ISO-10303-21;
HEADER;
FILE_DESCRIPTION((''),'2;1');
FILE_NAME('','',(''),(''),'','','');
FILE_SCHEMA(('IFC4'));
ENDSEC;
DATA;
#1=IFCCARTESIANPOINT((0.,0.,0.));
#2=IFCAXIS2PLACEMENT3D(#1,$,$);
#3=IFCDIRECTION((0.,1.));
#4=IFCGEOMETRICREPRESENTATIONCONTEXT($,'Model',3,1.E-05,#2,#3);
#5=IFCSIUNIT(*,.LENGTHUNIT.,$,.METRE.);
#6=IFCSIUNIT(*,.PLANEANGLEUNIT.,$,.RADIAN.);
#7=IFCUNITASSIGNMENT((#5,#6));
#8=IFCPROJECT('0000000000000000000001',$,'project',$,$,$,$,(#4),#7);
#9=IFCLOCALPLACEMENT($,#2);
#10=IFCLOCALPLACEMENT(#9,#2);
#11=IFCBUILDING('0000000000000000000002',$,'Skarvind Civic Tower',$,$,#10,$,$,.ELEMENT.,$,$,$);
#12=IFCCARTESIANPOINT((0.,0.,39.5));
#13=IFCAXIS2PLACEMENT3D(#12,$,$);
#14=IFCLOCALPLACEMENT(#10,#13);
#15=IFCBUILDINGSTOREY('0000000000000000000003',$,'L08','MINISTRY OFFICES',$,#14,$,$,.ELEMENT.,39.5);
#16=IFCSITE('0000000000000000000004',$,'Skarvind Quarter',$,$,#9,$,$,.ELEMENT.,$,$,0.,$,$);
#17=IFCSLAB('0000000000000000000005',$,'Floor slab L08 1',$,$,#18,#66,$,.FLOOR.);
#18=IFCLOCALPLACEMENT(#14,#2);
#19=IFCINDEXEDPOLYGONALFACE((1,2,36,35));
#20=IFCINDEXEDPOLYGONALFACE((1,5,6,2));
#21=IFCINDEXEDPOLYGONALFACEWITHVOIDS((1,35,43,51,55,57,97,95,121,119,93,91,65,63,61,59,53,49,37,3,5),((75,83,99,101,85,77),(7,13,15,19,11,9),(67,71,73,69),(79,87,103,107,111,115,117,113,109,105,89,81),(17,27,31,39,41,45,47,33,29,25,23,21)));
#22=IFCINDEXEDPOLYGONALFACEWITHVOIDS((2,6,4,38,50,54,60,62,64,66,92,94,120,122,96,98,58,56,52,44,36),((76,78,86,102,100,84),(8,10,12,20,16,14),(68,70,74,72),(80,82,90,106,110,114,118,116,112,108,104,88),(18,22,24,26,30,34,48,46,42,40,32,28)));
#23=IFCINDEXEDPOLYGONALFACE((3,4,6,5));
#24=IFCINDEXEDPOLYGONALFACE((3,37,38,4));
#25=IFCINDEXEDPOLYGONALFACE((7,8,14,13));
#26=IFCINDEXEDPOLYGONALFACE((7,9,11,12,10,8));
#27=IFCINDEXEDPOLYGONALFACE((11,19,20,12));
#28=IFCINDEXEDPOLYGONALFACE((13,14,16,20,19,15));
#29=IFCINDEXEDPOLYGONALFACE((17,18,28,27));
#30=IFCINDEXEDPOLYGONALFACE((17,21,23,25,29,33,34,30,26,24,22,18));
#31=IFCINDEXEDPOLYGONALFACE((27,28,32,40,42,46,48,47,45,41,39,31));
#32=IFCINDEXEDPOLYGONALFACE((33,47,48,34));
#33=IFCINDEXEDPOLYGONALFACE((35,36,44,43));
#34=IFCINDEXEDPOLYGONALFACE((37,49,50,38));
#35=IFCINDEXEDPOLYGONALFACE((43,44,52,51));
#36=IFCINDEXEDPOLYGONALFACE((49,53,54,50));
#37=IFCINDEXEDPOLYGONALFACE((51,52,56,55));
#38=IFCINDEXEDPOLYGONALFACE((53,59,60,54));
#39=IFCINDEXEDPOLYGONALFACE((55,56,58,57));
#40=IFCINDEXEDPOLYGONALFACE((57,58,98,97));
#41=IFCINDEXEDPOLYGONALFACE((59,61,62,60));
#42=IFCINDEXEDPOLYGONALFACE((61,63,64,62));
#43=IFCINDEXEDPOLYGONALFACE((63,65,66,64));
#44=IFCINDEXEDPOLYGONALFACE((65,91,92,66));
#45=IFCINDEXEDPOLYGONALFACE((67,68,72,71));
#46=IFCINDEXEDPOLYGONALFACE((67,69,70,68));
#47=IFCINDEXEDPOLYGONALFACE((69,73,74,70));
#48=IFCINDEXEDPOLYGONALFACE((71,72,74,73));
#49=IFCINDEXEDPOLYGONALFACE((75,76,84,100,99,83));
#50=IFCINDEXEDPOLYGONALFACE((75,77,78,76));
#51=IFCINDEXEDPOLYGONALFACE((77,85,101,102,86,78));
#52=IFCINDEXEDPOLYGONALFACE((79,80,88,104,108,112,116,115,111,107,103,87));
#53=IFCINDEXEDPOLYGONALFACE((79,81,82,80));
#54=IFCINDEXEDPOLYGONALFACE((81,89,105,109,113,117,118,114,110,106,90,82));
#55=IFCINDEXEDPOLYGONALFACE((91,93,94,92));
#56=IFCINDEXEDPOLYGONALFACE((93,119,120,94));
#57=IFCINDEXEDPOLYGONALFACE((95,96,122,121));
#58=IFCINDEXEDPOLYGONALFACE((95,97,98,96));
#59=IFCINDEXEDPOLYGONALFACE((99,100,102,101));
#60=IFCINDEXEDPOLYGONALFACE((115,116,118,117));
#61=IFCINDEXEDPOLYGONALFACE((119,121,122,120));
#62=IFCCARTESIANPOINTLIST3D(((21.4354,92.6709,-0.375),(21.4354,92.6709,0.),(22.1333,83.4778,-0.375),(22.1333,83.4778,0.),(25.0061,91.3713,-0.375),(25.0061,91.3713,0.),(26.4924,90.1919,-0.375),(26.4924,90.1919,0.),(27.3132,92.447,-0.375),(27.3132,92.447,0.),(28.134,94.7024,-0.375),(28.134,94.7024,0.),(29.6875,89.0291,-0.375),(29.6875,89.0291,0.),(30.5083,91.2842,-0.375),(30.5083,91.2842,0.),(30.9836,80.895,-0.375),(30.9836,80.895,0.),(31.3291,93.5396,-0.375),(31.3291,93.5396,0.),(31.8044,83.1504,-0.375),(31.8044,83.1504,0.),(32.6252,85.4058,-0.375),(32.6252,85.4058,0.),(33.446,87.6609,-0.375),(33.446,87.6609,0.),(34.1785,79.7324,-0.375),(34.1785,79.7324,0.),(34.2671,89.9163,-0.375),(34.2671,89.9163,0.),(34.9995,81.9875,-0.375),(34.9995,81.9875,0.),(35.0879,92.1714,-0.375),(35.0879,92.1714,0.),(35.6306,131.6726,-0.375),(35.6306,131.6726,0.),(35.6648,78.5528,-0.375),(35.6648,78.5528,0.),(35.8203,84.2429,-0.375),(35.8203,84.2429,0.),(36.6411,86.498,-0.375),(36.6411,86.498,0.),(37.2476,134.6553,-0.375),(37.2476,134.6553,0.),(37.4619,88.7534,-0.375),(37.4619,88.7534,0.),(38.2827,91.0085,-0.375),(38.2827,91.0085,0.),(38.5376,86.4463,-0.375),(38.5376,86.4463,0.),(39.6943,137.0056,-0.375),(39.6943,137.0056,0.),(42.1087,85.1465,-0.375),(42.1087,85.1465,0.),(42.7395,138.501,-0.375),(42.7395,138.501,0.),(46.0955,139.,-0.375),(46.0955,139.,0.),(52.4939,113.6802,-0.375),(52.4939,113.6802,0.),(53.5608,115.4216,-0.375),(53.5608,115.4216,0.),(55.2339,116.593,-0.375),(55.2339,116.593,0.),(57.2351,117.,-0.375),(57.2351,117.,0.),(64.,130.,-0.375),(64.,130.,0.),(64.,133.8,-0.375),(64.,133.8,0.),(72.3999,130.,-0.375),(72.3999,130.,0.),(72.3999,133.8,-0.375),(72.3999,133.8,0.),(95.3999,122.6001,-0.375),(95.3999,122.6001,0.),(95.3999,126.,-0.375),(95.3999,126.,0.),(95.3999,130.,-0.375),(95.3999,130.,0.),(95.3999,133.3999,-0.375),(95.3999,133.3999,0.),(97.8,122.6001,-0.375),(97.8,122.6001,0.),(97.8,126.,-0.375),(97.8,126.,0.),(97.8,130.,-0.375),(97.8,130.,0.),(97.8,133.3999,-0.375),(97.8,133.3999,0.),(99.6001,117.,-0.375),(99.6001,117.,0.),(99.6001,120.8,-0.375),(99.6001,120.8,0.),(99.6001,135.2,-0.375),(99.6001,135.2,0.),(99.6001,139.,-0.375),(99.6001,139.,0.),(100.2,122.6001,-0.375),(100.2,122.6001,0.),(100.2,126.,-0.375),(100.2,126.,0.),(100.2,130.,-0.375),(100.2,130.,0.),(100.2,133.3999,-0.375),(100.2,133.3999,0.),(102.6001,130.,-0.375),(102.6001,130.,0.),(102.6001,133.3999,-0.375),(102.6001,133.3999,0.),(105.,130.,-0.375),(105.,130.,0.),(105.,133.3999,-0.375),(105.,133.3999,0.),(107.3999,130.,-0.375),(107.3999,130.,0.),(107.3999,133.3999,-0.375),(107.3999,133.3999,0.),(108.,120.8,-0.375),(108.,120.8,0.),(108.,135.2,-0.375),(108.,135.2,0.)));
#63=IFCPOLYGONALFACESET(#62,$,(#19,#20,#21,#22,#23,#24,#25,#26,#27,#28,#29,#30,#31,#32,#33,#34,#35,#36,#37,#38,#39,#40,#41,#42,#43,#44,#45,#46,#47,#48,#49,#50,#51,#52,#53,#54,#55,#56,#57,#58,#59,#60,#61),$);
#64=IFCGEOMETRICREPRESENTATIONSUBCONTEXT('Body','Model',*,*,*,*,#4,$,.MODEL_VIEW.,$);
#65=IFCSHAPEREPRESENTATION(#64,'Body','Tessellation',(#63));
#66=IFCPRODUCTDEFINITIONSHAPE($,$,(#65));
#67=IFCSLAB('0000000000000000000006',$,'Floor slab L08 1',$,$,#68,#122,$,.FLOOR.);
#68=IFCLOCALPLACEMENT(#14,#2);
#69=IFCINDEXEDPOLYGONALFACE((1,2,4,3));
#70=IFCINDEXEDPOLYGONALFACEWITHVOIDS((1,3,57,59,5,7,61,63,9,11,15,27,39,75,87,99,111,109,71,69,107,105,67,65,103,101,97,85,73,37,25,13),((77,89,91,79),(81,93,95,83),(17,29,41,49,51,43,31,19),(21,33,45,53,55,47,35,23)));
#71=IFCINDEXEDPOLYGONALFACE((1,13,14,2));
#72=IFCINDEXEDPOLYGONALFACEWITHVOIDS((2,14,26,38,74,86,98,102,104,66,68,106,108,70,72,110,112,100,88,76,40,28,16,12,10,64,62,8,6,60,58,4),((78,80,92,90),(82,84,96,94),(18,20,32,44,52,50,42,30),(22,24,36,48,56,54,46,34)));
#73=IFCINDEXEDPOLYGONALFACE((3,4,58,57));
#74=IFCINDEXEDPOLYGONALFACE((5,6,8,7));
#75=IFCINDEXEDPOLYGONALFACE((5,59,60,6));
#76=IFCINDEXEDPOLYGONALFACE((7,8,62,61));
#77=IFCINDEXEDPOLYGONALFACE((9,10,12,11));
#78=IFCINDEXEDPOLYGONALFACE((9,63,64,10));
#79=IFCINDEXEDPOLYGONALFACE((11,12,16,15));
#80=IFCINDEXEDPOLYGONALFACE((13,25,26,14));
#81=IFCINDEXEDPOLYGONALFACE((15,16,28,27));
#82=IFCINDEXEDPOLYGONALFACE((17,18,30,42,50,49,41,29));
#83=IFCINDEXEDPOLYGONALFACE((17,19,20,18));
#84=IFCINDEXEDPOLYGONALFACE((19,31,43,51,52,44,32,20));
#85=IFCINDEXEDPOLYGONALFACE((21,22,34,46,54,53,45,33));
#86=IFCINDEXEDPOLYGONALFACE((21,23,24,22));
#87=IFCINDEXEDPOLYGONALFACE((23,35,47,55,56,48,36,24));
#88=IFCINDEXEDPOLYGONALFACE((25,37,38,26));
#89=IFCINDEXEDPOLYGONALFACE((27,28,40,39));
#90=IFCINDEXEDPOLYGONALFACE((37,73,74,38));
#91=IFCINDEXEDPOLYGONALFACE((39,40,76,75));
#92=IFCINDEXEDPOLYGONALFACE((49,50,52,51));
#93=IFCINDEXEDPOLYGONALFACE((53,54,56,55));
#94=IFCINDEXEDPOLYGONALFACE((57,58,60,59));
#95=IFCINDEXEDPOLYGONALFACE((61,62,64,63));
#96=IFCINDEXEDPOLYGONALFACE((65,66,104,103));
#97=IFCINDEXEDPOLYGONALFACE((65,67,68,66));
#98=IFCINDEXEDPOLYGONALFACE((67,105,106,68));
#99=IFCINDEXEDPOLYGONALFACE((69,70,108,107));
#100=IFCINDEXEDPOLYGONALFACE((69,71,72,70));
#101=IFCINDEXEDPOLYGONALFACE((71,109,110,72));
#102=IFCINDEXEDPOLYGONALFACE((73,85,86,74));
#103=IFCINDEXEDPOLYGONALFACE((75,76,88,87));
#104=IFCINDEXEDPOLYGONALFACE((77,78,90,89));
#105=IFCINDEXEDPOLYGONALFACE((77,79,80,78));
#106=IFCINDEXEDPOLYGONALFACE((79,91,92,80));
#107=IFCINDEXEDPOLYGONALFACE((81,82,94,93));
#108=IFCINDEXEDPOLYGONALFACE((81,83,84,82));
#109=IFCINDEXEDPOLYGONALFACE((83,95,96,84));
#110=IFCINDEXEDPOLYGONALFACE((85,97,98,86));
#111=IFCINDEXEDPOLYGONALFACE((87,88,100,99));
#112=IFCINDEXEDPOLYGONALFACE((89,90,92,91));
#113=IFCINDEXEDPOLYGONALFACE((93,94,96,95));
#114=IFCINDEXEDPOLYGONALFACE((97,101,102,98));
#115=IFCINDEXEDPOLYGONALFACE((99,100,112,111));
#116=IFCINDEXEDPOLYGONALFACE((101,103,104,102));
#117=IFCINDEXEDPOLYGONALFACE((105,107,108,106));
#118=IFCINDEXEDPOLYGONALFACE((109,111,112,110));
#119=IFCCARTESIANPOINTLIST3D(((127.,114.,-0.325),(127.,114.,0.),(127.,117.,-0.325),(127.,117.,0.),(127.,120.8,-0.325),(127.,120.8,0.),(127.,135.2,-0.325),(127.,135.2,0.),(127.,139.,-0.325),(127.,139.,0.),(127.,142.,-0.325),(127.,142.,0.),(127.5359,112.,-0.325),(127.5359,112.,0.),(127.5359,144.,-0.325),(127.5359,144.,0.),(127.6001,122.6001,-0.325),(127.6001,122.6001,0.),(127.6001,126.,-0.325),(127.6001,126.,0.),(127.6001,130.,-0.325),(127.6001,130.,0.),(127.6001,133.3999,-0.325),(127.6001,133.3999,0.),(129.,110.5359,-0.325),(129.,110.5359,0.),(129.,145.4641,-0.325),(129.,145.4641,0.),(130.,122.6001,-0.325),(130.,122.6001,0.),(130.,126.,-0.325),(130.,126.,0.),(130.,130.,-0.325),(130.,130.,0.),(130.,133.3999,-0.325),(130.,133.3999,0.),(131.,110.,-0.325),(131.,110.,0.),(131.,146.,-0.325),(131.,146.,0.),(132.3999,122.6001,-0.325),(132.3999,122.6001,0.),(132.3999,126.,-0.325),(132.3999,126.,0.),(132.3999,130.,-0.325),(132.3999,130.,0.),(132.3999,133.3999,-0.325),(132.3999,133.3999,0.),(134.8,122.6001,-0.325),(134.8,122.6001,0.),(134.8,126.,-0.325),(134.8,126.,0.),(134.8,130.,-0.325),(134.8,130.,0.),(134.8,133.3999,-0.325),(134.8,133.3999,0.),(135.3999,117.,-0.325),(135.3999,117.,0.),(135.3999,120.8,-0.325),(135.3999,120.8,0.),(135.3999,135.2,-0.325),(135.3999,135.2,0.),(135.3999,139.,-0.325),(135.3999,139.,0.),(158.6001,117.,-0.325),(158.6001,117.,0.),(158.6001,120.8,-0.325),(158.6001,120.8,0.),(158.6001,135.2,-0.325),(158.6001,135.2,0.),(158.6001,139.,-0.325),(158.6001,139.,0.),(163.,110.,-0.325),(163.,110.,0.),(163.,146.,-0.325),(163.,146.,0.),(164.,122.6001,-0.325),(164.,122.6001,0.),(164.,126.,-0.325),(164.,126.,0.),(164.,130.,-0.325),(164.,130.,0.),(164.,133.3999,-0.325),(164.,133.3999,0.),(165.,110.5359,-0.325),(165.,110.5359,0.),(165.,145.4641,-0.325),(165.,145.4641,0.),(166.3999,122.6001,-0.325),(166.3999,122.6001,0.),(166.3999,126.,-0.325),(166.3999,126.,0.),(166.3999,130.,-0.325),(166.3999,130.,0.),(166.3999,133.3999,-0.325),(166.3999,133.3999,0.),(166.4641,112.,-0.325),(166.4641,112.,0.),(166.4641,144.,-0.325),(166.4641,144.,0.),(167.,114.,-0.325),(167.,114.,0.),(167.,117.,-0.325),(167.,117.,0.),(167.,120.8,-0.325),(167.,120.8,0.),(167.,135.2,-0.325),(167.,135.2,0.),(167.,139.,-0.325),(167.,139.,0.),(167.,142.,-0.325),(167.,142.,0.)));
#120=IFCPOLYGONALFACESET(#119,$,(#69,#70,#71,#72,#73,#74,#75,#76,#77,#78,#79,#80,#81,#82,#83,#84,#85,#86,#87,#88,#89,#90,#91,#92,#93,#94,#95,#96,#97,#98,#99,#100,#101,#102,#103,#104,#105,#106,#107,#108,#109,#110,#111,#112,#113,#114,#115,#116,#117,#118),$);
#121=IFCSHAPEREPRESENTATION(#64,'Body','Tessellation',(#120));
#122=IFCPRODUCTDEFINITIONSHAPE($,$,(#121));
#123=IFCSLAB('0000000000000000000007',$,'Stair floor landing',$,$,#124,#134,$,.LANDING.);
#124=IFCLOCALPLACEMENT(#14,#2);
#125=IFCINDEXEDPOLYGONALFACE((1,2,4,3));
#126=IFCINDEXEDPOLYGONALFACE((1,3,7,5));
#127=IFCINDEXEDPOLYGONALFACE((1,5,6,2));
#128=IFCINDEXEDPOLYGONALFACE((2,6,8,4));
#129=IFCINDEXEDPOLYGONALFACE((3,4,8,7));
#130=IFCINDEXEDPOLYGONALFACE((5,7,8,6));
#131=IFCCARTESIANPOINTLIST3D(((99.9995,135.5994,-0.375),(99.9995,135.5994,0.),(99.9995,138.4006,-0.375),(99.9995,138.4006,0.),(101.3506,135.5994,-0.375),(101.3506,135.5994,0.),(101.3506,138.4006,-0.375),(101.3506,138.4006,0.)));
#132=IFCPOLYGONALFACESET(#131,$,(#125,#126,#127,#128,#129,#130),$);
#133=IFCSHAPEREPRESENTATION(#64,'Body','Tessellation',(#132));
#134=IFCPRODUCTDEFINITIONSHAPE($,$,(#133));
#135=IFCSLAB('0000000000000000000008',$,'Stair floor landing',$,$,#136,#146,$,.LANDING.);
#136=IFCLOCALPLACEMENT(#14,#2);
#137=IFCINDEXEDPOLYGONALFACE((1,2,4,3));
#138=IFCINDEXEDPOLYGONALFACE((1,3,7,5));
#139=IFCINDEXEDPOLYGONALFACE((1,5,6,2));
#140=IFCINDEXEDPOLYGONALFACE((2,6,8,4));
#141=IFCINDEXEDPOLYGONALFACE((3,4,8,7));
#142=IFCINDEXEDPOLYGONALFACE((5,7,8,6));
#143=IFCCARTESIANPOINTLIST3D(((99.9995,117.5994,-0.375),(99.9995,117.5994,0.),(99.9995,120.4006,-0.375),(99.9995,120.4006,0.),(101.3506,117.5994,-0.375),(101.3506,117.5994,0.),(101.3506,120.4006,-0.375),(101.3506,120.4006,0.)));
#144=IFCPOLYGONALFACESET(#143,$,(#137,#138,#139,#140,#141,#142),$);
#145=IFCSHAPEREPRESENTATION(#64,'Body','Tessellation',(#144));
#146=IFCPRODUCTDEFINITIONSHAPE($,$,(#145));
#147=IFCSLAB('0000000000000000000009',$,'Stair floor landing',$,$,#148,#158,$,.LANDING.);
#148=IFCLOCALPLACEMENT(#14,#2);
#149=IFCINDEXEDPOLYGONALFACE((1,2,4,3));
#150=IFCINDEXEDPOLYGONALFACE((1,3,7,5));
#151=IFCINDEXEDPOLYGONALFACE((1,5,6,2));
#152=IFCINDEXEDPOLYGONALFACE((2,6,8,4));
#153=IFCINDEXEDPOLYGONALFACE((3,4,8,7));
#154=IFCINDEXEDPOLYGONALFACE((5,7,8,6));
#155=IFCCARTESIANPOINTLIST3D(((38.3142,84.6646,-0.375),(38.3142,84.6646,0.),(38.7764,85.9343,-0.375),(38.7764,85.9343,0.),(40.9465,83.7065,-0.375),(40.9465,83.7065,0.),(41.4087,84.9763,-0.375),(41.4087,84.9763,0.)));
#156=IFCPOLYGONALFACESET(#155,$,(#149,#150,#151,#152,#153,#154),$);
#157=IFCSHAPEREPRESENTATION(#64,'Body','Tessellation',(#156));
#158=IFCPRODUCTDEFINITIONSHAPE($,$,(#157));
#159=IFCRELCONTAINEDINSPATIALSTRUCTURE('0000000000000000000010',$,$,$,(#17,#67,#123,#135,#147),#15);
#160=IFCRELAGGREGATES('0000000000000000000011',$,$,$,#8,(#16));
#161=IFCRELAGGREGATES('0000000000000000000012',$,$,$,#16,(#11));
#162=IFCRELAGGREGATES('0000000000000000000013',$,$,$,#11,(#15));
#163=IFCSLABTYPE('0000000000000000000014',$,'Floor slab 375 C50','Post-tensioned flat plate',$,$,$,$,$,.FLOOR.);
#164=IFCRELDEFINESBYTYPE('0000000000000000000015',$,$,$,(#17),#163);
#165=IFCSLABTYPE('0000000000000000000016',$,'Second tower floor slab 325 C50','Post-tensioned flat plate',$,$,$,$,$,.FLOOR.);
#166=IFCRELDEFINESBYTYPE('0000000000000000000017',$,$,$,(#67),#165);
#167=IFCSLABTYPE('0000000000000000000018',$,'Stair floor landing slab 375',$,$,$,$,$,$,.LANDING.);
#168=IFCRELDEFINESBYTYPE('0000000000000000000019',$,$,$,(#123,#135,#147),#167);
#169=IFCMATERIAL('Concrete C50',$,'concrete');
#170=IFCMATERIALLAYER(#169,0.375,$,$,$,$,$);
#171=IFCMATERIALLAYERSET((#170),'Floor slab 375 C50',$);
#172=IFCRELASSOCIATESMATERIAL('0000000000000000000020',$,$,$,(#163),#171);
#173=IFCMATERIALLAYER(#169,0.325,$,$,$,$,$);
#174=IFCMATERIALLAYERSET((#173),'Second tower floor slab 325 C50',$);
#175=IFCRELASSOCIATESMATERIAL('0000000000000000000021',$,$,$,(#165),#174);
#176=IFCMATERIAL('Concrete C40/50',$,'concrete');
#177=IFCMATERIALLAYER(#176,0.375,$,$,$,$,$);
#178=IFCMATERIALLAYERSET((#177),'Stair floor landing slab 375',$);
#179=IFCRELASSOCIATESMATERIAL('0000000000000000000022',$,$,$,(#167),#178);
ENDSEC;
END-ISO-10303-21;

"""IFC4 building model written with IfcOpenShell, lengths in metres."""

from ifc_helpers import new_model, si_unit, direction, frame, origin, place, context, subcontext, project, spatial, polyline, outline, extrude, material, layer, layer_set, type_object, element, save


model = new_model("IFC4")

# Units and contexts
model_context = context("Model", 3, precision=1e-05, world=origin(), true_north=direction((0.0, 1.0)))
body_context = subcontext(model_context, "Body", "Model", "MODEL_VIEW")
ifc_project = project(units=[si_unit("LENGTHUNIT", "METRE"), si_unit("PLANEANGLEUNIT", "RADIAN")], contexts=[model_context])

# Site, building, storey
site_placement = place(None, origin())
site = spatial("IfcSite", under=ifc_project, at=site_placement, Name="Skarvind Quarter", CompositionType="ELEMENT", RefElevation=0.0)
building_placement = place(site_placement, origin())
building = spatial("IfcBuilding", under=site, at=building_placement, Name="Skarvind Civic Tower", CompositionType="ELEMENT")
storey_placement = place(building_placement, frame((0.0, 0.0, 39.5)))
storey = spatial("IfcBuildingStorey", under=building, at=storey_placement, Name="L08", Description="MINISTRY OFFICES", CompositionType="ELEMENT", Elevation=39.5)

# Slabs
ifc_material_1 = material(Name="Concrete C50", Category="concrete")
ifc_layer_1 = layer(ifc_material_1, 0.375)
ifc_layer_set_1 = layer_set([ifc_layer_1], Name="Floor slab 375 C50")
slab_type_1 = type_object("IfcSlabType", Name="Floor slab 375 C50", Description="Post-tensioned flat plate", PredefinedType="FLOOR", material=ifc_layer_set_1)
slab_1_placement = place(storey_placement, frame((0.0, 0.0, -0.375)))
element("IfcSlab", 1, at=slab_1_placement, inside=storey, type_object=slab_type_1, Name="Floor slab L08 1", PredefinedType="FLOOR", context=body_context, shape_type="SweptSolid", body=[
    extrude(outline(polyline([(99.6001, 117.0), (99.6001, 120.8), (108.0, 120.8), (108.0, 135.2), (99.6001, 135.2), (99.6001, 139.0), (46.0955, 139.0), (42.7395, 138.501), (39.6943, 137.0056), (37.2476, 134.6553), (35.6306, 131.6726), (19.4175, 87.1267), (21.4353, 92.6709), (25.0061, 91.3713), (22.1333, 83.4778), (36.8865, 78.1082), (35.6648, 78.5527), (38.5376, 86.4463), (42.1086, 85.1465), (40.0908, 79.6023), (40.0908, 79.6023), (52.4939, 113.6802), (53.5608, 115.4216), (55.2339, 116.593), (57.2351, 117.0), (99.6001, 117.0)]), holes=[polyline([(32.6252, 85.4058), (33.446, 87.6609), (34.2671, 89.9163), (35.0879, 92.1714), (38.2827, 91.0085), (37.4619, 88.7534), (36.6411, 86.498), (35.8203, 84.2429), (35.8203, 84.2429), (34.9995, 81.9875), (34.1785, 79.7324), (30.9836, 80.895), (31.8044, 83.1504), (32.6252, 85.4058), (32.6252, 85.4058)]), polyline([(31.3291, 93.5396), (30.5083, 91.2842), (29.6875, 89.0291), (26.4924, 90.1919), (27.3132, 92.447), (28.134, 94.7024), (31.3291, 93.5396)]), polyline([(64.0, 130.0), (64.0, 133.8), (72.3999, 133.8), (72.3999, 130.0), (64.0, 130.0)]), polyline([(100.2, 126.0), (100.2, 122.6001), (97.8, 122.6001), (95.3999, 122.6001), (95.3999, 126.0), (97.8, 126.0), (100.2, 126.0)]), polyline([(100.2, 133.3999), (102.6001, 133.3999), (105.0, 133.3999), (107.3999, 133.3999), (107.3999, 130.0), (105.0, 130.0), (102.6001, 130.0), (100.2, 130.0), (97.8, 130.0), (95.3999, 130.0), (95.3999, 133.3999), (97.8, 133.3999), (100.2, 133.3999)])]), origin(), (0.0, 0.0, 1.0), 0.375),
])
ifc_layer_2 = layer(ifc_material_1, 0.325)
ifc_layer_set_2 = layer_set([ifc_layer_2], Name="Second tower floor slab 325 C50")
slab_type_2 = type_object("IfcSlabType", Name="Second tower floor slab 325 C50", Description="Post-tensioned flat plate", PredefinedType="FLOOR", material=ifc_layer_set_2)
slab_2_placement = place(storey_placement, frame((0.0, 0.0, -0.325)))
element("IfcSlab", 2, at=slab_2_placement, inside=storey, type_object=slab_type_2, Name="Floor slab L08 1", PredefinedType="FLOOR", context=body_context, shape_type="SweptSolid", body=[
    extrude(outline(polyline([(127.0, 139.0), (135.3999, 139.0), (135.3999, 135.2), (127.0, 135.2), (127.0, 120.8), (135.3999, 120.8), (135.3999, 117.0), (127.0, 117.0), (127.0, 114.0), (127.5359, 112.0), (129.0, 110.5359), (131.0, 110.0), (163.0, 110.0), (165.0, 110.5359), (166.4641, 112.0), (167.0, 114.0), (167.0, 117.0), (158.6001, 117.0), (158.6001, 120.8), (167.0, 120.8), (167.0, 135.2), (158.6001, 135.2), (158.6001, 139.0), (167.0, 139.0), (167.0, 142.0), (166.4641, 144.0), (165.0, 145.4641), (163.0, 146.0), (131.0, 146.0), (129.0, 145.4641), (127.5359, 144.0), (127.0, 142.0), (127.0, 139.0)]), holes=[polyline([(132.3999, 126.0), (134.8, 126.0), (134.8, 122.6001), (132.3999, 122.6001), (130.0, 122.6001), (127.6001, 122.6001), (127.6001, 126.0), (130.0, 126.0), (132.3999, 126.0)]), polyline([(130.0, 133.3999), (132.3999, 133.3999), (134.8, 133.3999), (134.8, 130.0), (132.3999, 130.0), (130.0, 130.0), (127.6001, 130.0), (127.6001, 133.3999), (130.0, 133.3999)]), polyline([(166.3999, 126.0), (166.3999, 122.6001), (164.0, 122.6001), (164.0, 126.0), (166.3999, 126.0)]), polyline([(166.3999, 133.3999), (166.3999, 130.0), (164.0, 130.0), (164.0, 133.3999), (166.3999, 133.3999)])]), origin(), (0.0, 0.0, 1.0), 0.325),
])
ifc_material_2 = material(Name="Concrete C40/50", Category="concrete")
ifc_layer_3 = layer(ifc_material_2, 0.375)
ifc_layer_set_3 = layer_set([ifc_layer_3], Name="Stair floor landing slab 375")
slab_type_3 = type_object("IfcSlabType", Name="Stair floor landing slab 375", PredefinedType="LANDING", material=ifc_layer_set_3)
slab_3_placement = place(storey_placement, frame((0.0, 0.0, -0.375)))
element("IfcSlab", 3, at=slab_3_placement, inside=storey, type_object=slab_type_3, Name="Stair floor landing", PredefinedType="LANDING", context=body_context, shape_type="SweptSolid", body=[
    extrude(outline(polyline([(101.3506, 138.4006), (101.3506, 135.5994), (99.9995, 135.5994), (99.9995, 138.4006), (101.3506, 138.4006)])), origin(), (0.0, 0.0, 1.0), 0.375),
])
slab_4_placement = place(storey_placement, frame((0.0, 0.0, -0.375)))
element("IfcSlab", 4, at=slab_4_placement, inside=storey, type_object=slab_type_3, Name="Stair floor landing", PredefinedType="LANDING", context=body_context, shape_type="SweptSolid", body=[
    extrude(outline(polyline([(101.3506, 120.4006), (101.3506, 117.5994), (99.9995, 117.5994), (99.9995, 120.4006), (101.3506, 120.4006)])), origin(), (0.0, 0.0, 1.0), 0.375),
])
slab_5_placement = place(storey_placement, frame((0.0, 0.0, -0.375)))
element("IfcSlab", 5, at=slab_5_placement, inside=storey, type_object=slab_type_3, Name="Stair floor landing", PredefinedType="LANDING", context=body_context, shape_type="SweptSolid", body=[
    extrude(outline(polyline([(40.9465, 83.7065), (38.3142, 84.6646), (38.7764, 85.9343), (41.4087, 84.9763), (40.9465, 83.7065)])), origin(), (0.0, 0.0, 1.0), 0.375),
])

save(model, "model.ifc")
